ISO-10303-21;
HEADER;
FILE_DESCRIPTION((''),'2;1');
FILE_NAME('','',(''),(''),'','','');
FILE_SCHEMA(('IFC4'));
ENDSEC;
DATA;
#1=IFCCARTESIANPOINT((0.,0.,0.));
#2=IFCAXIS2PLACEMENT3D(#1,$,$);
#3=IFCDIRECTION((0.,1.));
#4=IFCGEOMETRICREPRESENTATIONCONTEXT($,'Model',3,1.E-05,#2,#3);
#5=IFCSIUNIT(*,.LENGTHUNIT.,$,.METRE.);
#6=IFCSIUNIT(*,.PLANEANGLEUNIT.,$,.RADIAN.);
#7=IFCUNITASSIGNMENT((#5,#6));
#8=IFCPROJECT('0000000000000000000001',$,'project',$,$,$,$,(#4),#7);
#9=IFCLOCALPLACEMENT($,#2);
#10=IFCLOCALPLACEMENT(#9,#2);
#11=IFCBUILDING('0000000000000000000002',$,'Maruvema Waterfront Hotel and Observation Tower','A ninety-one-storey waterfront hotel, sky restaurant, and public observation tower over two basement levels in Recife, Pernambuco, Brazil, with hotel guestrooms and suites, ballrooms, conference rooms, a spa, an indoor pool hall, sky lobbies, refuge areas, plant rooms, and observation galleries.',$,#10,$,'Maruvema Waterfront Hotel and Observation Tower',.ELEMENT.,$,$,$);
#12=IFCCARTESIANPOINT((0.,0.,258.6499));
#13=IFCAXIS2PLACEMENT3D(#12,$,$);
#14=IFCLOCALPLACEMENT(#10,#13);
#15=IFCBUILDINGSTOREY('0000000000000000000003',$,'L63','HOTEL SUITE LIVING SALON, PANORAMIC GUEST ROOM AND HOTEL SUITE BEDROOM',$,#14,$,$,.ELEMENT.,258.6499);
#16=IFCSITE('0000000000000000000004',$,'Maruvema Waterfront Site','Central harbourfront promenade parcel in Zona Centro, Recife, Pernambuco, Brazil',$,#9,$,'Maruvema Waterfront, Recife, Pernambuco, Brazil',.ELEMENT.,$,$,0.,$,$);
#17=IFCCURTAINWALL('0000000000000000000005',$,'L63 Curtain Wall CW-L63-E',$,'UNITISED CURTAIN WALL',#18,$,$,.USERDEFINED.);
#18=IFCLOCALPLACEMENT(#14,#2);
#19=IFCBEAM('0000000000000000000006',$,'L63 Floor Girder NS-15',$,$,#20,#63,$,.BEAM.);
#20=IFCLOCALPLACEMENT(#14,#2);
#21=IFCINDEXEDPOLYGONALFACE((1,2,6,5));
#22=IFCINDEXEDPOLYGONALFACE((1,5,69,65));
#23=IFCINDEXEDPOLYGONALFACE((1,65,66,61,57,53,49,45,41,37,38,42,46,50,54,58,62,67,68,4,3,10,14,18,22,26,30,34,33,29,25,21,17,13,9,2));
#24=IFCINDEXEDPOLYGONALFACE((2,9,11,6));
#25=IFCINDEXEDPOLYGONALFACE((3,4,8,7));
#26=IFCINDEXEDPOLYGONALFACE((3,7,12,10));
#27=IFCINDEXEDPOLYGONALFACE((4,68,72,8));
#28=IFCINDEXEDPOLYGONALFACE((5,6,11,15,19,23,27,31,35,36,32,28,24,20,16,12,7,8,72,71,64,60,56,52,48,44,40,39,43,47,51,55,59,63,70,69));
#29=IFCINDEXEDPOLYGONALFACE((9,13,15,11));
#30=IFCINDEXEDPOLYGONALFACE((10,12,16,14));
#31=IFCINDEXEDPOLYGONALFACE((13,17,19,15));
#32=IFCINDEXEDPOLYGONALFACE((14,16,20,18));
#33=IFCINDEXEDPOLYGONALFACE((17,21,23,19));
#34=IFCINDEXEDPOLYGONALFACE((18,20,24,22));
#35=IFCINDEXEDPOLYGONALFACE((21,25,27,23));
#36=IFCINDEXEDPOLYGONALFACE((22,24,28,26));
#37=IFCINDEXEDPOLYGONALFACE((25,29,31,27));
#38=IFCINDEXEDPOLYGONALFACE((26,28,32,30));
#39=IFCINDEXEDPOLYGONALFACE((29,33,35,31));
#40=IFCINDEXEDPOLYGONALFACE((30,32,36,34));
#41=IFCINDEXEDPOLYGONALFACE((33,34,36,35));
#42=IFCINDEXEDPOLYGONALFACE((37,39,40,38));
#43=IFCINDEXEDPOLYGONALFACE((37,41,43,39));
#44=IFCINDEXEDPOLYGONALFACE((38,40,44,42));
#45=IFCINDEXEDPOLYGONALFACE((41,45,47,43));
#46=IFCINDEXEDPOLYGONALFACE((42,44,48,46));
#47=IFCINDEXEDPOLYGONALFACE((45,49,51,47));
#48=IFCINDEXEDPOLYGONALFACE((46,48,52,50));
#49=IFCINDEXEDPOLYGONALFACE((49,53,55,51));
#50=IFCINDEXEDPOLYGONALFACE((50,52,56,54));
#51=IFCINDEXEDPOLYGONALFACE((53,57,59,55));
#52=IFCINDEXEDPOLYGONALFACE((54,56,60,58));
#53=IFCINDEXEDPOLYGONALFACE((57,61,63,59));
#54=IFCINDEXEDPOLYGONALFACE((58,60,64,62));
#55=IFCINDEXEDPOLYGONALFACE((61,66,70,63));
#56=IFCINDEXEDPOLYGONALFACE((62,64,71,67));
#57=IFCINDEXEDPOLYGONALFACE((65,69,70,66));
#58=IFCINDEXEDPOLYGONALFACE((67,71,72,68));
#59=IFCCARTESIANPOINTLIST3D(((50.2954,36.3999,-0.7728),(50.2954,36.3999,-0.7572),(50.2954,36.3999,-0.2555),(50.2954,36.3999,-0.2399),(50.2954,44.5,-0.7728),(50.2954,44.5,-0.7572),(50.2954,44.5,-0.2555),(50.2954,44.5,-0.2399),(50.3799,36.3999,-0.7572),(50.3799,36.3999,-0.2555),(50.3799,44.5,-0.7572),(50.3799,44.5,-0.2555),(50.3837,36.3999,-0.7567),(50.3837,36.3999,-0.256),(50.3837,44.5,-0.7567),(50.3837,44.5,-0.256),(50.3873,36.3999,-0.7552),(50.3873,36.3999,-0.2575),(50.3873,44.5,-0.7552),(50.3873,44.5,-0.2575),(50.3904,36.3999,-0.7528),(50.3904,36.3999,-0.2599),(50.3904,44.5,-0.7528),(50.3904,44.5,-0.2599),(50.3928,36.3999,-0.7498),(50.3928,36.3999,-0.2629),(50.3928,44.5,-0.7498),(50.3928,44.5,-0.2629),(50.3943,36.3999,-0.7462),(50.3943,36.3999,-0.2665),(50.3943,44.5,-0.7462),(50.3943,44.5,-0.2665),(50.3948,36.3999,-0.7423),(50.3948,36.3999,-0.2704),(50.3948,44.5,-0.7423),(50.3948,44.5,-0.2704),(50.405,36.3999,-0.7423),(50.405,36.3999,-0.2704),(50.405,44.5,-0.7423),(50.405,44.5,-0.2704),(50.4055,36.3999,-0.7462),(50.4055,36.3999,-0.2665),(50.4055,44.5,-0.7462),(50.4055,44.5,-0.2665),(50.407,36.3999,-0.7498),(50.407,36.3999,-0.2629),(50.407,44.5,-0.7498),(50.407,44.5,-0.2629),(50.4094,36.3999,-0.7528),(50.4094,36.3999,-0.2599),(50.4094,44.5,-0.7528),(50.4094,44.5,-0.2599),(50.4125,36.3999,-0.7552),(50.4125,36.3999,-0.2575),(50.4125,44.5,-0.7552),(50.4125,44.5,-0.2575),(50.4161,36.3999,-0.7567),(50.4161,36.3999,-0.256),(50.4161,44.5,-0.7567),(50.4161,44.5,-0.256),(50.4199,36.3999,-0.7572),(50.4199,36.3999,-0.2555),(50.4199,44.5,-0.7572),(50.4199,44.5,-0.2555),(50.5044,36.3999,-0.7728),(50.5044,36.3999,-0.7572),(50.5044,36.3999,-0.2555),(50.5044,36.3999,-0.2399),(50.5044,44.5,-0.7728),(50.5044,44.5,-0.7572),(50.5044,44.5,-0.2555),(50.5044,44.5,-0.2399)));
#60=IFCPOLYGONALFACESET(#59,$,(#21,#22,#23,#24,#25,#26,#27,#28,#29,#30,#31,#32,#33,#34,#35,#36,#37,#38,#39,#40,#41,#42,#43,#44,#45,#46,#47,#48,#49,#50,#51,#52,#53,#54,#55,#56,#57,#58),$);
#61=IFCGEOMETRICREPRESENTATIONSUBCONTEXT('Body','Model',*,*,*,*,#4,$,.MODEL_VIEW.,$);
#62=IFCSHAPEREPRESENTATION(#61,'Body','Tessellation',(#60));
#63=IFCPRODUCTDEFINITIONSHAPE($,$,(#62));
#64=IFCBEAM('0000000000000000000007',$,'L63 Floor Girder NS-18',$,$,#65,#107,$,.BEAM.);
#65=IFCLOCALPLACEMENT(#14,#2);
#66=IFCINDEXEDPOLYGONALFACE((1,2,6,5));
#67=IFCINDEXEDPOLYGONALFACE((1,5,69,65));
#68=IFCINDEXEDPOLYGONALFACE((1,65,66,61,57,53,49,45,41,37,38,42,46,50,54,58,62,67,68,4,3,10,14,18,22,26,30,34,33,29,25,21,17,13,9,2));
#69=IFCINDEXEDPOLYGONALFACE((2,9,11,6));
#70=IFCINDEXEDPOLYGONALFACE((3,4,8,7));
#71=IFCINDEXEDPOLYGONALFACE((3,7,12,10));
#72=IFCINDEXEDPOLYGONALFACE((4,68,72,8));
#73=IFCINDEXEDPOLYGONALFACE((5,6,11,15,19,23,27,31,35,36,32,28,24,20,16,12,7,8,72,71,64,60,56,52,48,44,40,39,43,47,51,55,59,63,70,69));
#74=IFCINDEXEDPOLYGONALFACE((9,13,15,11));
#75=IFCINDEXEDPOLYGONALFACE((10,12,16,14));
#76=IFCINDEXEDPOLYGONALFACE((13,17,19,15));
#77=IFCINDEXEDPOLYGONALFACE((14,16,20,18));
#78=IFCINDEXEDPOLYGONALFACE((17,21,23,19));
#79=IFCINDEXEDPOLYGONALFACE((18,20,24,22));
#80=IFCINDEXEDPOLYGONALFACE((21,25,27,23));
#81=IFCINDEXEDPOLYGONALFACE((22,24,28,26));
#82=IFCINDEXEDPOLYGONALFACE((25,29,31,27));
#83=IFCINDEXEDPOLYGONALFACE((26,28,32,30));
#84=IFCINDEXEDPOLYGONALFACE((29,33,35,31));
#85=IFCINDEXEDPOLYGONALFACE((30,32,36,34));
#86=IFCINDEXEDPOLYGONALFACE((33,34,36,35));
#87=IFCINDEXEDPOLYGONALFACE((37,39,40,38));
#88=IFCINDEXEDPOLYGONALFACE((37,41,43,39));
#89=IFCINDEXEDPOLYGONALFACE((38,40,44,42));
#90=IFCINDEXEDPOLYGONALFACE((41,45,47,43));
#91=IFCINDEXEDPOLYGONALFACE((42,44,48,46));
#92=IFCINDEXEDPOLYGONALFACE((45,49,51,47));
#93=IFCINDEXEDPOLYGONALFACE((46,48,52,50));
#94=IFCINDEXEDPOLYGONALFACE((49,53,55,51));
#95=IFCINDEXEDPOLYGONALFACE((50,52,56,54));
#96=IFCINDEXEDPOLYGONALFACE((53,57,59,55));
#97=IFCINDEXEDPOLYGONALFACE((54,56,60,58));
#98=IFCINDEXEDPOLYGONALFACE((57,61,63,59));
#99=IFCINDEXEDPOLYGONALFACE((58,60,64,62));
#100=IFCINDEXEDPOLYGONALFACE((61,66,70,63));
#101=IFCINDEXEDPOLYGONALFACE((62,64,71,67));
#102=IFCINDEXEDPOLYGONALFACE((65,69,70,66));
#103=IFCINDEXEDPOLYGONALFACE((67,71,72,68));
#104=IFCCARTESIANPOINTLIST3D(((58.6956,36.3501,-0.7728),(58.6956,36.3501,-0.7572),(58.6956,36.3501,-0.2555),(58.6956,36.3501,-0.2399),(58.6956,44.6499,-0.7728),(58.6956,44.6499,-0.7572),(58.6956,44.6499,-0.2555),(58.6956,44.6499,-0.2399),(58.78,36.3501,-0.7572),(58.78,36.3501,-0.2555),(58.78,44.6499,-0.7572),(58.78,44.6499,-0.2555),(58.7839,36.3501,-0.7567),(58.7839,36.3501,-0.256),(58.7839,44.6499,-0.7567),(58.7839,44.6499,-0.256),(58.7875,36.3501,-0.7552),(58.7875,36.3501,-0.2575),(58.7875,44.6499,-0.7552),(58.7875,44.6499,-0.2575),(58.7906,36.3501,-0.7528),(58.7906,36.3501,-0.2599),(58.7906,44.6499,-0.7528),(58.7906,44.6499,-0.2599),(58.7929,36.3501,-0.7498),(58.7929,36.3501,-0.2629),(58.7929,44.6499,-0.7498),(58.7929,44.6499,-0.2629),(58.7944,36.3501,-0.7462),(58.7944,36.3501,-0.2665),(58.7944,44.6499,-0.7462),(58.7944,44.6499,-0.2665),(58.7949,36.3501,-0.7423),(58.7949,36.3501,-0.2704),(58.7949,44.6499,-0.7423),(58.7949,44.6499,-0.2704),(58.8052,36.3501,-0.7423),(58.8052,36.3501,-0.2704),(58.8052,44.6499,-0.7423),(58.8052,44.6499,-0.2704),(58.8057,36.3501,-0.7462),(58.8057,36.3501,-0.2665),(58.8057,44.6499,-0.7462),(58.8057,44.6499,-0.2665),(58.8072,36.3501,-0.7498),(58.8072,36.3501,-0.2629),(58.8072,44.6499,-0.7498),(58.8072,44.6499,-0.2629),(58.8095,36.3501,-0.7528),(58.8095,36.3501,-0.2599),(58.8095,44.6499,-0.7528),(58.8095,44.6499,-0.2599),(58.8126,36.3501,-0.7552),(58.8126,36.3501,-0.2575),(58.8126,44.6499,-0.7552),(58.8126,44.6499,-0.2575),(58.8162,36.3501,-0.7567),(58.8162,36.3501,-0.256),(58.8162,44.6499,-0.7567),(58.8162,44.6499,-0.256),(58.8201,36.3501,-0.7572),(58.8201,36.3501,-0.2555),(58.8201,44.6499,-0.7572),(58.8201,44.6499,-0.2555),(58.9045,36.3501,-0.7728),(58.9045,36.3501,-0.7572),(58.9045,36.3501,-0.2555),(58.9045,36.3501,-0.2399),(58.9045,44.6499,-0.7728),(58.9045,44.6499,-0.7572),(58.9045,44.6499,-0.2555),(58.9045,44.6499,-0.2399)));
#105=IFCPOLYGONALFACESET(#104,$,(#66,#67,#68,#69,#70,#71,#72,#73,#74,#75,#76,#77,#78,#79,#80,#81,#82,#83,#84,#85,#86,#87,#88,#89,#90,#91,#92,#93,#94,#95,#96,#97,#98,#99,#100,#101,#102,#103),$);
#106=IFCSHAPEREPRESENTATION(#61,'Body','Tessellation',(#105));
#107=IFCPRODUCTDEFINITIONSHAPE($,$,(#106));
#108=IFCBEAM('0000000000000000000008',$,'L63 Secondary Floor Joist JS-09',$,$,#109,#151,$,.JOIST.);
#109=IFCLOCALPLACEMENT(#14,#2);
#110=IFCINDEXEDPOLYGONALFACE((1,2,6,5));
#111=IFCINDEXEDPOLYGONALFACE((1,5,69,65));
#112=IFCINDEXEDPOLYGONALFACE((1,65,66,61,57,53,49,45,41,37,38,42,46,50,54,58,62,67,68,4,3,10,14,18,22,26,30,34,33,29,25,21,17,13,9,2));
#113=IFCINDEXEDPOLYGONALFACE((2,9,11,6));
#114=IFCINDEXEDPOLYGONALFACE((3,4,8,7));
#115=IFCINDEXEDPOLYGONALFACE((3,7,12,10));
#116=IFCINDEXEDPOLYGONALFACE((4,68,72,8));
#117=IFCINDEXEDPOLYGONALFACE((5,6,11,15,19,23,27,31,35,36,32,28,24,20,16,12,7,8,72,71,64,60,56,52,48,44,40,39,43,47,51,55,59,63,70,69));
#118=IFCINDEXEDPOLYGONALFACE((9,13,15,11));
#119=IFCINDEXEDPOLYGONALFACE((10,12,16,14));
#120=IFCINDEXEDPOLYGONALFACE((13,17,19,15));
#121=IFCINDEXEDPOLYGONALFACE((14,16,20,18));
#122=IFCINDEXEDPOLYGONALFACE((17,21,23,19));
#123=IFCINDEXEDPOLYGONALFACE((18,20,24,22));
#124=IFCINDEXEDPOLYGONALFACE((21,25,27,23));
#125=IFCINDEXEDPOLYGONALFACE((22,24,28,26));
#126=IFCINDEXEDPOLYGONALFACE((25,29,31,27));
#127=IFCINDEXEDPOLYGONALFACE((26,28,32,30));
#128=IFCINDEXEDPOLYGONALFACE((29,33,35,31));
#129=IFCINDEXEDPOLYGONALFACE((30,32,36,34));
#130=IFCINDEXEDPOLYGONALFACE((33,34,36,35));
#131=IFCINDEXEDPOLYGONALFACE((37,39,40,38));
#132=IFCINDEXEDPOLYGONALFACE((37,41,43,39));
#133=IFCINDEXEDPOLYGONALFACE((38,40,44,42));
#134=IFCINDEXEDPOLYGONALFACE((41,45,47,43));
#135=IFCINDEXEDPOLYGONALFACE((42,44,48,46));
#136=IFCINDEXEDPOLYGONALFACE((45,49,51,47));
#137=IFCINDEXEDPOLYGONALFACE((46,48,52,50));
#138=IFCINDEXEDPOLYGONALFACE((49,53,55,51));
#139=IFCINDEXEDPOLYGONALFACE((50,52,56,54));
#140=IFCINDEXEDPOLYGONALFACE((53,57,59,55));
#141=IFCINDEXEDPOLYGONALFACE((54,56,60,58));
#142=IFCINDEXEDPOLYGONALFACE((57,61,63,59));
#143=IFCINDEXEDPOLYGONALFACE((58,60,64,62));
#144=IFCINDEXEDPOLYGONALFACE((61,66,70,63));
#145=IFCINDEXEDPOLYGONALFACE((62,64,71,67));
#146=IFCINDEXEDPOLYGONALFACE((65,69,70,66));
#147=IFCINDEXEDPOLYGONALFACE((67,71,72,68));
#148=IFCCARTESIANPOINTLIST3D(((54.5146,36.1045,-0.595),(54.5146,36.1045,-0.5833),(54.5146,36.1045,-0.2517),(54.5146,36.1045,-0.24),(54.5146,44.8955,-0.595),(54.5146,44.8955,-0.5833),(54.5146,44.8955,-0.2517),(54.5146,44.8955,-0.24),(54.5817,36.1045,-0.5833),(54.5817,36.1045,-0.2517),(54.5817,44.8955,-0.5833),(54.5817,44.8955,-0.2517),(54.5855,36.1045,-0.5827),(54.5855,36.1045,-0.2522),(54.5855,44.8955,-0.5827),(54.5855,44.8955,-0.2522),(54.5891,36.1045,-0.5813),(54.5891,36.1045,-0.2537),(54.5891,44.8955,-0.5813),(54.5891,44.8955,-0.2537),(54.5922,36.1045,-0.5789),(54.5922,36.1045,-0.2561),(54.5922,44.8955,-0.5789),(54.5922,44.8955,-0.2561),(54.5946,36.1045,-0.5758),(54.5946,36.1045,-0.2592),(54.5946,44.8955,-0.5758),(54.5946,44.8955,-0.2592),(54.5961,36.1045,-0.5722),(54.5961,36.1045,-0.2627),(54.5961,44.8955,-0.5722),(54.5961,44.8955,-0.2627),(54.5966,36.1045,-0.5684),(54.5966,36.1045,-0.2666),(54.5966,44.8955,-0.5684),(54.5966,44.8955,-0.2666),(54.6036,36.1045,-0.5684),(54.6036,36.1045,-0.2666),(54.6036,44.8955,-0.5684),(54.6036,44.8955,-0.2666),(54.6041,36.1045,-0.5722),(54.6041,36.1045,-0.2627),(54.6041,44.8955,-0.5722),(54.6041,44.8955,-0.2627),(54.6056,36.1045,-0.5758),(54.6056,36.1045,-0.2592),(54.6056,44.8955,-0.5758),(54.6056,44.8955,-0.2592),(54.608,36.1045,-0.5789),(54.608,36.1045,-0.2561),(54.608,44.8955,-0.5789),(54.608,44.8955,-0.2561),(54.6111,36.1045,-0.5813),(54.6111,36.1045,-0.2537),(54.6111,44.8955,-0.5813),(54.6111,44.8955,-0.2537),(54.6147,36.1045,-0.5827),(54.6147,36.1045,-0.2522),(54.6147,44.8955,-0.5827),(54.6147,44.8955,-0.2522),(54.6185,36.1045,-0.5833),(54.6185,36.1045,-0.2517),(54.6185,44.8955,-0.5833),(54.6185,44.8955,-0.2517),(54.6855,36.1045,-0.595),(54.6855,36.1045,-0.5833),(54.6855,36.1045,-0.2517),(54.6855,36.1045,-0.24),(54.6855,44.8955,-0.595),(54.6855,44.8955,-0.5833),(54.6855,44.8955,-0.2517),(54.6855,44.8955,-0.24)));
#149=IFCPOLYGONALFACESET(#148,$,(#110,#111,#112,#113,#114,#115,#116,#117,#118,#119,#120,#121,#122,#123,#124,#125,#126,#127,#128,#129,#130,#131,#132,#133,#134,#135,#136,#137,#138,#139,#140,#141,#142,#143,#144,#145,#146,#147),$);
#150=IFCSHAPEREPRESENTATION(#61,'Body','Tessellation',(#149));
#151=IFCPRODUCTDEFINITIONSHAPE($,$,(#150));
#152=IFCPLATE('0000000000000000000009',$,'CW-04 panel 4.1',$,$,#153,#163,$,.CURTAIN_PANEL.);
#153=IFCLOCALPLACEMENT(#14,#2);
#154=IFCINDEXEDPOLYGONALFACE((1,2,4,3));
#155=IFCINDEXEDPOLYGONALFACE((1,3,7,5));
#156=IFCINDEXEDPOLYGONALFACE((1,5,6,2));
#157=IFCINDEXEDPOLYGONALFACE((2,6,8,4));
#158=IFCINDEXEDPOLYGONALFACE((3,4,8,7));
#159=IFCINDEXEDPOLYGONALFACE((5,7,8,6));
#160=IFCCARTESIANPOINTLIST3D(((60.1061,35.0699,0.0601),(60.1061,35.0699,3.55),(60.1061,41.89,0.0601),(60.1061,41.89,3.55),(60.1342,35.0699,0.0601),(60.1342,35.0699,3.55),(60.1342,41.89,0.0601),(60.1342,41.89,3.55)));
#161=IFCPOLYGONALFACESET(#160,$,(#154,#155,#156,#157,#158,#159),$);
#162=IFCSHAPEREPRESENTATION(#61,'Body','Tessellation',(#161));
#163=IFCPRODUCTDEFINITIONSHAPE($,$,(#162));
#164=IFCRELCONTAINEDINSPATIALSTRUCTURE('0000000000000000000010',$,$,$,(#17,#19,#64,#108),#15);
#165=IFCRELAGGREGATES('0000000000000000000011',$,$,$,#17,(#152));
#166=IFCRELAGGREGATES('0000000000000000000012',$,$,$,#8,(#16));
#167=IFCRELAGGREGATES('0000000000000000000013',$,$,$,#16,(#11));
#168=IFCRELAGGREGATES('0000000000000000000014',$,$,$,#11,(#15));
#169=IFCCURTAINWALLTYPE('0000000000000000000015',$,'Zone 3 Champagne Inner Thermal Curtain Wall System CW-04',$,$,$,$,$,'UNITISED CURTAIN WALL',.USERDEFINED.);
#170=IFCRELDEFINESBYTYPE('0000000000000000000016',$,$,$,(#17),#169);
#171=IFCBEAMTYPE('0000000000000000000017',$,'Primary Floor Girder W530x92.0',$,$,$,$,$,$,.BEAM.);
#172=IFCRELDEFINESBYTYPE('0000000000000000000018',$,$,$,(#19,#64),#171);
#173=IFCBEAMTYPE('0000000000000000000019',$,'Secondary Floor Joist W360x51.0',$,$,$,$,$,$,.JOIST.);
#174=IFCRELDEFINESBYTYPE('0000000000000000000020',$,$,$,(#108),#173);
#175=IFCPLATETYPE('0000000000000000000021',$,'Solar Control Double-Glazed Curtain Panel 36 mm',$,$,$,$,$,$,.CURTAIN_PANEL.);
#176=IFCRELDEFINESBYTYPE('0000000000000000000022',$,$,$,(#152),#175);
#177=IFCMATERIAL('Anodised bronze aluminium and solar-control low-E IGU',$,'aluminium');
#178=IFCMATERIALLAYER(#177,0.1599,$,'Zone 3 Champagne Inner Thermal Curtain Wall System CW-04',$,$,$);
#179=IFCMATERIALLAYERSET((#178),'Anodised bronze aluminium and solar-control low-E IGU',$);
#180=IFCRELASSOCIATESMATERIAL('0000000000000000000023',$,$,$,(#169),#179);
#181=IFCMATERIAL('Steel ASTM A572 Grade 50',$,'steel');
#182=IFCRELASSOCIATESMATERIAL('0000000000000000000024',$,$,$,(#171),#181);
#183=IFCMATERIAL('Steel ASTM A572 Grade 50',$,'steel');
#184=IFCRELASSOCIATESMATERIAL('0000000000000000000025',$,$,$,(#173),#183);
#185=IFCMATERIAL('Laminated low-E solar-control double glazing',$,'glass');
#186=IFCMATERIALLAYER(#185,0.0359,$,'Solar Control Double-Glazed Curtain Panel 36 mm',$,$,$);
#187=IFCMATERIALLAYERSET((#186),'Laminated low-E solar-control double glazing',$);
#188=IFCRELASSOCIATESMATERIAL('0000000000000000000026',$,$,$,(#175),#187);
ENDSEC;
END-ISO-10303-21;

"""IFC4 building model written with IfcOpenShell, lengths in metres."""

from ifc_helpers import new_model, si_unit, direction, frame, origin, origin_2d, place, context, subcontext, project, spatial, rectangle, i_section, extrude, material, layer, layer_set, material_profile, profile_set, type_object, element, aggregate, save


model = new_model("IFC4")

# Units and contexts
model_context = context("Model", 3, precision=1e-05, world=origin(), true_north=direction((0.0, 1.0)))
body_context = subcontext(model_context, "Body", "Model", "MODEL_VIEW")
ifc_project = project(units=[si_unit("LENGTHUNIT", "METRE"), si_unit("PLANEANGLEUNIT", "RADIAN")], contexts=[model_context])

# Site, building, storey
site_placement = place(None, origin())
site = spatial("IfcSite", under=ifc_project, at=site_placement, Name="Maruvema Waterfront Site", Description="Central harbourfront promenade parcel in Zona Centro, Recife, Pernambuco, Brazil", LongName="Maruvema Waterfront, Recife, Pernambuco, Brazil", CompositionType="ELEMENT", RefElevation=0.0)
building_placement = place(site_placement, origin())
building = spatial("IfcBuilding", under=site, at=building_placement, Name="Maruvema Waterfront Hotel and Observation Tower", Description="A ninety-one-storey waterfront hotel, sky restaurant, and public observation tower over two basement levels in Recife, Pernambuco, Brazil, with hotel guestrooms and suites, ballrooms, conference rooms, a spa, an indoor pool hall, sky lobbies, refuge areas, plant rooms, and observation galleries.", LongName="Maruvema Waterfront Hotel and Observation Tower", CompositionType="ELEMENT")
storey_placement = place(building_placement, frame((0.0, 0.0, 258.6499)))
storey = spatial("IfcBuildingStorey", under=building, at=storey_placement, Name="L63", Description="HOTEL SUITE LIVING SALON, PANORAMIC GUEST ROOM AND HOTEL SUITE BEDROOM", CompositionType="ELEMENT", Elevation=258.6499)

# Curtain wall
ifc_material_1 = material(Name="Anodised bronze aluminium and solar-control low-E IGU", Category="aluminium")
ifc_layer_1 = layer(ifc_material_1, 0.1599, Name="Zone 3 Champagne Inner Thermal Curtain Wall System CW-04")
ifc_layer_set_1 = layer_set([ifc_layer_1], Name="Anodised bronze aluminium and solar-control low-E IGU")
curtain_wall_type = type_object("IfcCurtainWallType", Name="Zone 3 Champagne Inner Thermal Curtain Wall System CW-04", ElementType="UNITISED CURTAIN WALL", PredefinedType="USERDEFINED", material=ifc_layer_set_1)
curtain_wall_placement = place(storey_placement, origin())
curtain_wall = element("IfcCurtainWall", 1, at=curtain_wall_placement, inside=storey, type_object=curtain_wall_type, Name="L63 Curtain Wall CW-L63-E", ObjectType="UNITISED CURTAIN WALL", PredefinedType="USERDEFINED")

# Beams
ifc_material_2 = material(Name="Steel ASTM A572 Grade 50", Category="steel")
ifc_material_profile_1 = material_profile(ifc_material_2, i_section(OverallWidth=0.209, OverallDepth=0.533, WebThickness=0.0103, FlangeThickness=0.0156, FilletRadius=0.0149, at=origin_2d()), Name="W530x92.0")
ifc_profile_set_1 = profile_set([ifc_material_profile_1], Name="Steel ASTM A572 Grade 50")
beam_type_1 = type_object("IfcBeamType", Name="Primary Floor Girder W530x92.0", PredefinedType="BEAM", material=ifc_profile_set_1)
beam_1_placement = place(storey_placement, frame((50.3999, 36.3999, -0.5063), z_axis=(0.0, 1.0, 0.0), x_axis=(-1.0, 0.0, 0.0)))
element("IfcBeam", 2, at=beam_1_placement, inside=storey, type_object=beam_type_1, Name="L63 Floor Girder NS-15", PredefinedType="BEAM", context=body_context, shape_type="SweptSolid", body=[
    extrude(i_section(OverallWidth=0.209, OverallDepth=0.533, WebThickness=0.0103, FlangeThickness=0.0156, FilletRadius=0.0149, at=origin_2d()), origin(), (0.0, 0.0, 1.0), 8.1001),
])
beam_2_placement = place(storey_placement, frame((58.8, 36.3501, -0.5063), z_axis=(0.0, 1.0, 0.0), x_axis=(-1.0, 0.0, 0.0)))
element("IfcBeam", 3, at=beam_2_placement, inside=storey, type_object=beam_type_1, Name="L63 Floor Girder NS-18", PredefinedType="BEAM", context=body_context, shape_type="SweptSolid", body=[
    extrude(i_section(OverallWidth=0.209, OverallDepth=0.533, WebThickness=0.0103, FlangeThickness=0.0156, FilletRadius=0.0149, at=origin_2d()), origin(), (0.0, 0.0, 1.0), 8.2998),
])
ifc_material_3 = material(Name="Steel ASTM A572 Grade 50", Category="steel")
ifc_material_profile_2 = material_profile(ifc_material_3, i_section(OverallWidth=0.1709, OverallDepth=0.355, WebThickness=0.0071, FlangeThickness=0.0117, FilletRadius=0.0149, at=origin_2d()), Name="W360x51.0")
ifc_profile_set_2 = profile_set([ifc_material_profile_2], Name="Steel ASTM A572 Grade 50")
beam_type_2 = type_object("IfcBeamType", Name="Secondary Floor Joist W360x51.0", PredefinedType="JOIST", material=ifc_profile_set_2)
beam_3_placement = place(storey_placement, frame((54.6001, 36.1045, -0.4175), z_axis=(0.0, 1.0, 0.0), x_axis=(-1.0, 0.0, 0.0)))
element("IfcBeam", 4, at=beam_3_placement, inside=storey, type_object=beam_type_2, Name="L63 Secondary Floor Joist JS-09", PredefinedType="JOIST", context=body_context, shape_type="SweptSolid", body=[
    extrude(i_section(OverallWidth=0.1709, OverallDepth=0.355, WebThickness=0.0071, FlangeThickness=0.0117, FilletRadius=0.0149, at=origin_2d()), origin(), (0.0, 0.0, 1.0), 8.791),
])

# Plate
ifc_material_4 = material(Name="Laminated low-E solar-control double glazing", Category="glass")
ifc_layer_2 = layer(ifc_material_4, 0.0359, Name="Solar Control Double-Glazed Curtain Panel 36 mm")
ifc_layer_set_2 = layer_set([ifc_layer_2], Name="Laminated low-E solar-control double glazing")
plate_type = type_object("IfcPlateType", Name="Solar Control Double-Glazed Curtain Panel 36 mm", PredefinedType="CURTAIN_PANEL", material=ifc_layer_set_2)
plate_placement = place(storey_placement, frame((60.1201, 38.48, 0.0601), z_axis=(0.0, 0.0, 1.0), x_axis=(0.0, 1.0, 0.0)))
plate = element("IfcPlate", 5, at=plate_placement, type_object=plate_type, Name="CW-04 panel 4.1", PredefinedType="CURTAIN_PANEL", context=body_context, shape_type="SweptSolid", body=[
    extrude(rectangle(XDim=6.8201, YDim=0.0281, at=origin_2d()), origin(), (0.0, 0.0, 1.0), 3.49),
])
aggregate(curtain_wall, [plate])

save(model, "model.ifc")
